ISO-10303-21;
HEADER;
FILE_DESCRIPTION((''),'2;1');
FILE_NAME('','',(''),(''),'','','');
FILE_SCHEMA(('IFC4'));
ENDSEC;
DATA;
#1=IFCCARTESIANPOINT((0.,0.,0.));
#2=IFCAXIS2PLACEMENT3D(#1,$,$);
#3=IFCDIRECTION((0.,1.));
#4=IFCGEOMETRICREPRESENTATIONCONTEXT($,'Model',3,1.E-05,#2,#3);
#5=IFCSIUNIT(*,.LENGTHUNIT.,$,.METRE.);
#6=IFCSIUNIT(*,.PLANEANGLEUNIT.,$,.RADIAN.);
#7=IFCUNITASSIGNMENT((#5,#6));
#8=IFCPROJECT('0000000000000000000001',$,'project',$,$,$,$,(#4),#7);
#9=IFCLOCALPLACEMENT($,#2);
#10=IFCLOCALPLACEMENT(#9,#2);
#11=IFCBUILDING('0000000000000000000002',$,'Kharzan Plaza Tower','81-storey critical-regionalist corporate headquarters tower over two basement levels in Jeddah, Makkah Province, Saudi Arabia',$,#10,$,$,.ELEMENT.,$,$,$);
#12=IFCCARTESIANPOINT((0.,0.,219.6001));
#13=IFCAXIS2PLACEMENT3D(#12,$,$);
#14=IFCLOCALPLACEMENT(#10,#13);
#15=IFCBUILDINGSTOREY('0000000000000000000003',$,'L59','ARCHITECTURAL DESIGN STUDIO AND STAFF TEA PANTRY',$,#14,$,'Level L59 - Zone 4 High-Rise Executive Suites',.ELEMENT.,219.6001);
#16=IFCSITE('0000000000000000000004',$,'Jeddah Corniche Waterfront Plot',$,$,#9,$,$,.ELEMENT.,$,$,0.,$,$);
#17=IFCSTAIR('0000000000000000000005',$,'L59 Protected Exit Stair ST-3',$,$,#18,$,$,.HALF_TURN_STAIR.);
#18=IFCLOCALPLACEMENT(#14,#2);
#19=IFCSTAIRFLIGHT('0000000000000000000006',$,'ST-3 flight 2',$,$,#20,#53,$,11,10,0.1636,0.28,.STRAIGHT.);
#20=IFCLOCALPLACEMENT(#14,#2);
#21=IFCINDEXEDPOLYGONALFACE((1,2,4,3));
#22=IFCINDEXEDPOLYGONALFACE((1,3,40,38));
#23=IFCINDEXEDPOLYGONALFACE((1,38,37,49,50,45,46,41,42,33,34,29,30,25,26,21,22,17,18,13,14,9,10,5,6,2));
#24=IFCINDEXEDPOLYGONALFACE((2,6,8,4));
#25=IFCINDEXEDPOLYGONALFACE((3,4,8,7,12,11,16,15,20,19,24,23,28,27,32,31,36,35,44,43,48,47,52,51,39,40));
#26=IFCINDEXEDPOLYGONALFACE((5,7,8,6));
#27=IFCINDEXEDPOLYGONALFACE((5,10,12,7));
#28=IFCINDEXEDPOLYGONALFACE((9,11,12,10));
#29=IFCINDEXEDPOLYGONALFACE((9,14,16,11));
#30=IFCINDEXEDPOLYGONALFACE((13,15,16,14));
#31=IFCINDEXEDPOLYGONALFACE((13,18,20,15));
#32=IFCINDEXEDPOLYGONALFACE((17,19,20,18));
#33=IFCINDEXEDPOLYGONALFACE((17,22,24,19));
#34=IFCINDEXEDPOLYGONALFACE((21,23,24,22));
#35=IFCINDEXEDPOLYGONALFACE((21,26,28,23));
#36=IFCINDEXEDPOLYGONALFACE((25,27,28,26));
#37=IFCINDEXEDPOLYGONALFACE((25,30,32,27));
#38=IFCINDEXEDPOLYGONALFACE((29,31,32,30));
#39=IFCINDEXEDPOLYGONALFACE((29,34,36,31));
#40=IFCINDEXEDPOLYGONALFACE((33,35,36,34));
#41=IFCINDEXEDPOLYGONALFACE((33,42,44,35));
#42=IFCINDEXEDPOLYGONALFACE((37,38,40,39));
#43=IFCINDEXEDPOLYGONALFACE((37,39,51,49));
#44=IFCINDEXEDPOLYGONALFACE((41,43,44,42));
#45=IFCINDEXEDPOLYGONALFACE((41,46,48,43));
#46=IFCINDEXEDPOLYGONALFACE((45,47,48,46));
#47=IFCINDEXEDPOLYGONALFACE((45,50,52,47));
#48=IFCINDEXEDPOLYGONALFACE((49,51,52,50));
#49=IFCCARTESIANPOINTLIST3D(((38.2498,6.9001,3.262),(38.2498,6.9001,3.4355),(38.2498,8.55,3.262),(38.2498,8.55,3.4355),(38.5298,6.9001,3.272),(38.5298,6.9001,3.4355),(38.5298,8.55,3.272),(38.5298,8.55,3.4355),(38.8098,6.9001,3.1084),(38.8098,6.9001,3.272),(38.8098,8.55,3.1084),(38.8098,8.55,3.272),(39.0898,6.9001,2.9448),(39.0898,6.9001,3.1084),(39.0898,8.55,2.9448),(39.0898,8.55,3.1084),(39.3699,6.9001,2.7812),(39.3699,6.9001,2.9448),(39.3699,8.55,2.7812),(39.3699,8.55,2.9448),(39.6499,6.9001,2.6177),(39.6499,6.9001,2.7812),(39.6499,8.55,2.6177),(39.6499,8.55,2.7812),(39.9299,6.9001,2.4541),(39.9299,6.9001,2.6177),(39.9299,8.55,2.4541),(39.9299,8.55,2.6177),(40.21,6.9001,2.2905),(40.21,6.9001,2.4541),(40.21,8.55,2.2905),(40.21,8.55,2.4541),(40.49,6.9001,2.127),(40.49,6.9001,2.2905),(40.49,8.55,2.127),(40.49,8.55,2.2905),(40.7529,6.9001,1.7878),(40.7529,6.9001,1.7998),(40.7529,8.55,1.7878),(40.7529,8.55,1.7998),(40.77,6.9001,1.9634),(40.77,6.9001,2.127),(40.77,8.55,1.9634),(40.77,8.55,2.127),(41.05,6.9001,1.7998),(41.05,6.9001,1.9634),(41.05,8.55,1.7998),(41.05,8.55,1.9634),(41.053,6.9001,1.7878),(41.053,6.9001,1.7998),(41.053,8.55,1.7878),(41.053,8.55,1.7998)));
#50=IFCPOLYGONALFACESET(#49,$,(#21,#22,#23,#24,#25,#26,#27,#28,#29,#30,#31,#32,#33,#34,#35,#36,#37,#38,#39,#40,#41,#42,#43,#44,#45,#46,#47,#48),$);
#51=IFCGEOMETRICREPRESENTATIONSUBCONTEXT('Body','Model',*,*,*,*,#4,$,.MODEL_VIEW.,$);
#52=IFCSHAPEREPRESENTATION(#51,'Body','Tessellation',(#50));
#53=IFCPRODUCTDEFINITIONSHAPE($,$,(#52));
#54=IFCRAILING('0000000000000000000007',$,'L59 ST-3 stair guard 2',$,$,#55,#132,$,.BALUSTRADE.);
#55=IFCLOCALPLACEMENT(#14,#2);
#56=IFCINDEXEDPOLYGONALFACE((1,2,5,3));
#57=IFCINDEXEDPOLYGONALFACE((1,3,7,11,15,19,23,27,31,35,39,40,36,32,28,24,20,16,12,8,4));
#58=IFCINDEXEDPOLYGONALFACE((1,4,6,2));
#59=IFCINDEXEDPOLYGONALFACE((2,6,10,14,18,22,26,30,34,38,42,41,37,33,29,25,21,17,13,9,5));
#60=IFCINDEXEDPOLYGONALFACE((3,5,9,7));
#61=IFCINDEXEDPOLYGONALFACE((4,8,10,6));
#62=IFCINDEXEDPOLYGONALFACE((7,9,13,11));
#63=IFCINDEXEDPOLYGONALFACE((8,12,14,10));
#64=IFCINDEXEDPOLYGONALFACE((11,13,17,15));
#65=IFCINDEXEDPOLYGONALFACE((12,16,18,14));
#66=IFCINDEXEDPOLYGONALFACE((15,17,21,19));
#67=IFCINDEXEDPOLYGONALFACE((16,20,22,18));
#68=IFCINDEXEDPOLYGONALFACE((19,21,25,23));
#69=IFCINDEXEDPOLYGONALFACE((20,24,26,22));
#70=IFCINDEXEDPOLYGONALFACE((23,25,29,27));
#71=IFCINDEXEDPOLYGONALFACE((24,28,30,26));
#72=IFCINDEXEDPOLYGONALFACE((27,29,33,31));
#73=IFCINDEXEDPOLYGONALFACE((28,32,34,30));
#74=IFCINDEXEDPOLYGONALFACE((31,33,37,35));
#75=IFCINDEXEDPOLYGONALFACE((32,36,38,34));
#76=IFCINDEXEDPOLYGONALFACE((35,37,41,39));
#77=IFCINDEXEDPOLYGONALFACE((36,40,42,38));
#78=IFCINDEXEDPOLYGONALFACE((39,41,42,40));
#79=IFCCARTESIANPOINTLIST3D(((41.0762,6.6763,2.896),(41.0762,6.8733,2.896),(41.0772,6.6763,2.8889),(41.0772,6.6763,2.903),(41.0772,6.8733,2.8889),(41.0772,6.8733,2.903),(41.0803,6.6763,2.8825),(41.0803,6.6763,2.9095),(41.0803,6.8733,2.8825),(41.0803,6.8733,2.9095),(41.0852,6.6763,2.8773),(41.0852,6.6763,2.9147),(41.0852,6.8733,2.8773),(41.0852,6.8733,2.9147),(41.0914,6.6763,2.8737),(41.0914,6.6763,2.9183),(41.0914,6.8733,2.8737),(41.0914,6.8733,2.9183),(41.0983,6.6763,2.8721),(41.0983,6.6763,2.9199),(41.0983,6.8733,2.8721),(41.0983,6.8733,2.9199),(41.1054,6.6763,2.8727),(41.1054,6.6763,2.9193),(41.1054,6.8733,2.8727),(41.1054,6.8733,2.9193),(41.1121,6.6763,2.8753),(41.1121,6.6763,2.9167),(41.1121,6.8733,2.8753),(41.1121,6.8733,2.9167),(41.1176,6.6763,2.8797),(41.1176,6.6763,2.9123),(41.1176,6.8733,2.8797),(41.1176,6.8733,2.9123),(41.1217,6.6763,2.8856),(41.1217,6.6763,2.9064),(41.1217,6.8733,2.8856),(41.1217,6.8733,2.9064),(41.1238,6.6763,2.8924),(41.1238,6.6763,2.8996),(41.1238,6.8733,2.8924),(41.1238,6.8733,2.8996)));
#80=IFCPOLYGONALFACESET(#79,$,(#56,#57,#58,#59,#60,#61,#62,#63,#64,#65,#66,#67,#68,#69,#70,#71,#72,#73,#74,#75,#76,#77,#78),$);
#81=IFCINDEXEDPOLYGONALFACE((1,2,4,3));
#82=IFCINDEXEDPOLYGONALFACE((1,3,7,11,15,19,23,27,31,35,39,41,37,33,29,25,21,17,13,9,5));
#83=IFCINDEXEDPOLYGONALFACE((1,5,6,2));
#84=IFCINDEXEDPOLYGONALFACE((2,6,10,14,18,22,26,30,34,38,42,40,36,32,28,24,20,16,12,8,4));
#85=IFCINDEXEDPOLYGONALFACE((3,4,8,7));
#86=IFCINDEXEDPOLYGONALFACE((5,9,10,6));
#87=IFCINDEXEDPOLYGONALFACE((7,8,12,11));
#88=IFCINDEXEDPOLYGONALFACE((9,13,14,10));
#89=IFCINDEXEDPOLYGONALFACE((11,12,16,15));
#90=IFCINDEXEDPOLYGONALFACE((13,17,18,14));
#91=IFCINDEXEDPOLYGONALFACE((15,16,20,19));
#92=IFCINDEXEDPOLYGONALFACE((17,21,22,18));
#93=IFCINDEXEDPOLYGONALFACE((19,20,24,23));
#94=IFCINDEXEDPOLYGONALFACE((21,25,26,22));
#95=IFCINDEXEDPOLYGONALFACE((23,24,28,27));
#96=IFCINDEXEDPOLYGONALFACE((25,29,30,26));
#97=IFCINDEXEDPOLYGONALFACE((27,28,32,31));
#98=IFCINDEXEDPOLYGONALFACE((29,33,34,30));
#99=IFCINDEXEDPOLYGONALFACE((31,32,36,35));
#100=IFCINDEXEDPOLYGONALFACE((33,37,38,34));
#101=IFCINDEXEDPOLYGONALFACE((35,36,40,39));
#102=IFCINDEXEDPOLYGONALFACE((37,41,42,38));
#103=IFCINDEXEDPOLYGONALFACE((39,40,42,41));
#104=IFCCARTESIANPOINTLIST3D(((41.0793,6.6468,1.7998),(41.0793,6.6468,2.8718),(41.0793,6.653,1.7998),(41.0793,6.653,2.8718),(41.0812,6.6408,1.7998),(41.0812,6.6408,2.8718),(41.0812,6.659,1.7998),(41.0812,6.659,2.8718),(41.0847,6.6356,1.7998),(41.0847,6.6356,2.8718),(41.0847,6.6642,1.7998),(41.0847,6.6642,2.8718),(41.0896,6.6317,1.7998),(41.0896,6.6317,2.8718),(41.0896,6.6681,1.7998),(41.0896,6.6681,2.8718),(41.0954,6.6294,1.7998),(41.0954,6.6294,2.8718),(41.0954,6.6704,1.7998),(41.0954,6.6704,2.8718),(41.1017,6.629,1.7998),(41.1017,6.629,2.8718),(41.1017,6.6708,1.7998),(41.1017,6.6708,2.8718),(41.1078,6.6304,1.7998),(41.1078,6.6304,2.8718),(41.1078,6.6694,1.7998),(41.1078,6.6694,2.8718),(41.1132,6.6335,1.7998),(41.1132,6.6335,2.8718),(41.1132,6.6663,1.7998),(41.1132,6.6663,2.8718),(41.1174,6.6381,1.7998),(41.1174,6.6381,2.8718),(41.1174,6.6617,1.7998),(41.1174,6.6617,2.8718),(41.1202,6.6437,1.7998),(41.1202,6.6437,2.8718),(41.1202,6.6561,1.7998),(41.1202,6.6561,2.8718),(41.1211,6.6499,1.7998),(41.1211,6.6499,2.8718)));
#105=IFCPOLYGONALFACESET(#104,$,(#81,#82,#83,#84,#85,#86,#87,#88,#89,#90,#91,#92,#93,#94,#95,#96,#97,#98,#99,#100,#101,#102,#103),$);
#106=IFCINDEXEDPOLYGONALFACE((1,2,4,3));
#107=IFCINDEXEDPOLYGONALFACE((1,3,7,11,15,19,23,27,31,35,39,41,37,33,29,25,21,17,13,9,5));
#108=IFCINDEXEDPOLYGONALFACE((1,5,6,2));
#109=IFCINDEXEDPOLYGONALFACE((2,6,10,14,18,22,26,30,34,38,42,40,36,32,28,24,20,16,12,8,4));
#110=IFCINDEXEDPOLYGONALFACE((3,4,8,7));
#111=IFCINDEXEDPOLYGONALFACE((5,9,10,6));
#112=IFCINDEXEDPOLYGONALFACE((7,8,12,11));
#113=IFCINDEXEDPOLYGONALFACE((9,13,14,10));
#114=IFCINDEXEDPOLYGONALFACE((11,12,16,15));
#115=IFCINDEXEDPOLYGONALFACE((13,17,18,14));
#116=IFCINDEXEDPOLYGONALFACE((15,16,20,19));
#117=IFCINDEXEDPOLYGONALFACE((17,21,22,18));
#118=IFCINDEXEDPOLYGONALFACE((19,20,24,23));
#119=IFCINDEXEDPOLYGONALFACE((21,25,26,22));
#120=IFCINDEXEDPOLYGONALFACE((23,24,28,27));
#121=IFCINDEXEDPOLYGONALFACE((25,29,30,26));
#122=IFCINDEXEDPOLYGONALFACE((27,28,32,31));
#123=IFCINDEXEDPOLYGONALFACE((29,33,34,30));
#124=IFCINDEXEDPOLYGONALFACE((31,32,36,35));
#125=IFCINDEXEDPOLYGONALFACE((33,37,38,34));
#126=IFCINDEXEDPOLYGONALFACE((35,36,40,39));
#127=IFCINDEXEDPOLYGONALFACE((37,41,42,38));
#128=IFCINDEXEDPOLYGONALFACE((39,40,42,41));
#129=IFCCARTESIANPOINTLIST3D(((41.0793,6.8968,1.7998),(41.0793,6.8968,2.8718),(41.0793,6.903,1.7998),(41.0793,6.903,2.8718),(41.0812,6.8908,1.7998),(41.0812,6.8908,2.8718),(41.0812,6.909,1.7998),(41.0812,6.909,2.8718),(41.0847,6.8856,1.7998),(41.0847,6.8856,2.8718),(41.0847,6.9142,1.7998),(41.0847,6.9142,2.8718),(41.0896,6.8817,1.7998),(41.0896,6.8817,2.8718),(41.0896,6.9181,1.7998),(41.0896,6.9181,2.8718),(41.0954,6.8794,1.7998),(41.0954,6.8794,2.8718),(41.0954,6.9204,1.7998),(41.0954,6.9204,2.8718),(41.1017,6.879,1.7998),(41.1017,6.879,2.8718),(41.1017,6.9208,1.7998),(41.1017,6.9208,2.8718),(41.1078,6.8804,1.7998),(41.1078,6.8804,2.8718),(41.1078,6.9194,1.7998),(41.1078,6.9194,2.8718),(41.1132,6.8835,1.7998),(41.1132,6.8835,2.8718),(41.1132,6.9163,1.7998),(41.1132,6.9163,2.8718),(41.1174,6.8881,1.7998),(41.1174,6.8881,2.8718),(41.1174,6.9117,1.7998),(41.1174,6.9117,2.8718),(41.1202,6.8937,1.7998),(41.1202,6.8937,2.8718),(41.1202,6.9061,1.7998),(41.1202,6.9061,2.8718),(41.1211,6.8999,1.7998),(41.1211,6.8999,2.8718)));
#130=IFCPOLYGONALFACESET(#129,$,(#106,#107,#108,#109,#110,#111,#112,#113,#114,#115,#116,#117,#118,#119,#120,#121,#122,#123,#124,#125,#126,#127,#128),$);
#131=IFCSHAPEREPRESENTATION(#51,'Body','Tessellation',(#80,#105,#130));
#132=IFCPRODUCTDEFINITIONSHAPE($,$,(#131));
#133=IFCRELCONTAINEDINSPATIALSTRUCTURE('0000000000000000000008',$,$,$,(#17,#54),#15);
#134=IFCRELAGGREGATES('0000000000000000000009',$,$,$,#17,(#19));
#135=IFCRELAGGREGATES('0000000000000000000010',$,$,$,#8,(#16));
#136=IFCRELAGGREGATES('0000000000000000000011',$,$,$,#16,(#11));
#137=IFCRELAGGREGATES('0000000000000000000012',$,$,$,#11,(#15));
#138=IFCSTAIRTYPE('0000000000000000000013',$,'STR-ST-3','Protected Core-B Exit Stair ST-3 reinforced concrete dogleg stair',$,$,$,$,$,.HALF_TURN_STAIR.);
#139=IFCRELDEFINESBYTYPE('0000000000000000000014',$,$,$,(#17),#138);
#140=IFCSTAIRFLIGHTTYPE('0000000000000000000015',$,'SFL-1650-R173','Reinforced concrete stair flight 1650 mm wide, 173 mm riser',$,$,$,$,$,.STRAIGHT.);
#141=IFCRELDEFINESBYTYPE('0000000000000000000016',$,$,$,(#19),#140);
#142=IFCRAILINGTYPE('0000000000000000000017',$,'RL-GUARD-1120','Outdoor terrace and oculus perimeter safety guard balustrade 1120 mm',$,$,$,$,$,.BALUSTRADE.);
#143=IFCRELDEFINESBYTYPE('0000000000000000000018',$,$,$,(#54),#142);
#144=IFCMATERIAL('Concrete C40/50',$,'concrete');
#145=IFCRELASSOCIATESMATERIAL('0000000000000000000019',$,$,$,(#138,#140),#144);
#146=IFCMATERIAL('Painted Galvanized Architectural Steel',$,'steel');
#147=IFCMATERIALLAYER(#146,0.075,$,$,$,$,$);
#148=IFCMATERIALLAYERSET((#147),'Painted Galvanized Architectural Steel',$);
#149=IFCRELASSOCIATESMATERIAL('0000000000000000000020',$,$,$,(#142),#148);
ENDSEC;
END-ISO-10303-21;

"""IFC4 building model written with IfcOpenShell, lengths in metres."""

from ifc_helpers import new_model, si_unit, direction, frame, origin, origin_2d, place, context, subcontext, project, spatial, polyline, circle, outline, extrude, source, transform, mapped, material, layer, layer_set, type_object, element, aggregate, save


model = new_model("IFC4")

# Units and contexts
model_context = context("Model", 3, precision=1e-05, world=origin(), true_north=direction((0.0, 1.0)))
body_context = subcontext(model_context, "Body", "Model", "MODEL_VIEW")
ifc_project = project(units=[si_unit("LENGTHUNIT", "METRE"), si_unit("PLANEANGLEUNIT", "RADIAN")], contexts=[model_context])

# Site, building, storey
site_placement = place(None, origin())
site = spatial("IfcSite", under=ifc_project, at=site_placement, Name="Jeddah Corniche Waterfront Plot", CompositionType="ELEMENT", RefElevation=0.0)
building_placement = place(site_placement, origin())
building = spatial("IfcBuilding", under=site, at=building_placement, Name="Kharzan Plaza Tower", Description="81-storey critical-regionalist corporate headquarters tower over two basement levels in Jeddah, Makkah Province, Saudi Arabia", CompositionType="ELEMENT")
storey_placement = place(building_placement, frame((0.0, 0.0, 219.6001)))
storey = spatial("IfcBuildingStorey", under=building, at=storey_placement, Name="L59", Description="ARCHITECTURAL DESIGN STUDIO AND STAFF TEA PANTRY", LongName="Level L59 - Zone 4 High-Rise Executive Suites", CompositionType="ELEMENT", Elevation=219.6001)

# Shared definitions
ifc_material_1 = material(Name="Concrete C40/50", Category="concrete")

# Stair, stair flight
stair_type = type_object("IfcStairType", Name="STR-ST-3", Description="Protected Core-B Exit Stair ST-3 reinforced concrete dogleg stair", PredefinedType="HALF_TURN_STAIR", material=ifc_material_1)
stair_placement = place(storey_placement, origin())
stair = element("IfcStair", 1, at=stair_placement, inside=storey, type_object=stair_type, Name="L59 Protected Exit Stair ST-3", PredefinedType="HALF_TURN_STAIR")
stair_flight_type = type_object("IfcStairFlightType", Name="SFL-1650-R173", Description="Reinforced concrete stair flight 1650 mm wide, 173 mm riser", PredefinedType="STRAIGHT", material=ifc_material_1)
shared_shape_1 = source(origin(), body_context, "Body", "SweptSolid", [
    extrude(outline(polyline([(-0.0029, -0.012), (-0.0029, 0.0), (0.0, 0.0), (0.0, 0.1636), (0.28, 0.1636), (0.28, 0.3271), (0.5601, 0.3271), (0.5601, 0.4907), (0.8401, 0.4907), (0.8401, 0.6543), (1.1201, 0.6543), (1.1201, 0.8179), (1.4001, 0.8179), (1.4001, 0.9814), (1.6802, 0.9814), (1.6802, 1.145), (1.9602, 1.145), (1.9602, 1.3086), (2.2402, 1.3086), (2.2402, 1.4722), (2.5203, 1.4722), (2.5203, 1.6357), (2.8003, 1.6357), (2.8003, 1.7993), (2.8003, 1.4622), (0.2971, 0.0), (0.2971, -0.012), (-0.0029, -0.012)])), frame((0.0, 0.825, 0.0), z_axis=(0.0, -1.0, 0.0), x_axis=(1.0, 0.0, 0.0)), (0.0, 0.0, 1.0), 1.6499),
])
stair_flight_1_placement = place(storey_placement, frame((41.05, 7.7251, 1.7998), z_axis=(0.0, 0.0, 1.0), x_axis=(-1.0, 0.0, 0.0)))
stair_flight_1 = element("IfcStairFlight", 2, at=stair_flight_1_placement, type_object=stair_flight_type, Name="ST-3 flight 2", NumberOfRisers=11, NumberOfTreads=10, PredefinedType="STRAIGHT", RiserHeight=0.1636, TreadLength=0.28, context=body_context, shape_type="MappedRepresentation", body=[
    mapped(shared_shape_1, transform((0.0, 0.0, 0.0), x_axis=(1.0, 0.0, 0.0), y_axis=(0.0, 1.0, 0.0), z_axis=(0.0, 0.0, 1.0))),
])
aggregate(stair, [stair_flight_1])

# Railing
ifc_material_2 = material(Name="Painted Galvanized Architectural Steel", Category="steel")
ifc_layer_1 = layer(ifc_material_2, 0.075)
ifc_layer_set_1 = layer_set([ifc_layer_1], Name="Painted Galvanized Architectural Steel")
railing_type_1 = type_object("IfcRailingType", Name="RL-GUARD-1120", Description="Outdoor terrace and oculus perimeter safety guard balustrade 1120 mm", PredefinedType="BALUSTRADE", material=ifc_layer_set_1)
shared_shape_2 = source(origin(), body_context, "Body", "SweptSolid", [
    extrude(circle(Radius=0.0239, at=origin_2d()), frame((0.0, 0.0264, 1.0962), z_axis=(0.0, 1.0, 0.0), x_axis=(-1.0, 0.0, 0.0)), (0.0, 0.0, 1.0), 0.197),
    extrude(circle(Radius=0.021, at=origin_2d()), origin(), (0.0, 0.0, 1.0), 1.072),
    extrude(circle(Radius=0.021, at=origin_2d()), frame((0.0, 0.25, 0.0)), (0.0, 0.0, 1.0), 1.072),
])
railing_1_placement = place(storey_placement, frame((41.1001, 6.6499, 1.7998)))
element("IfcRailing", 3, at=railing_1_placement, inside=storey, type_object=railing_type_1, Name="L59 ST-3 stair guard 2", PredefinedType="BALUSTRADE", context=body_context, shape_type="MappedRepresentation", body=[
    mapped(shared_shape_2, transform((0.0, 0.0, 0.0), x_axis=(1.0, 0.0, 0.0), y_axis=(0.0, 1.0, 0.0), z_axis=(0.0, 0.0, 1.0))),
])

save(model, "model.ifc")
